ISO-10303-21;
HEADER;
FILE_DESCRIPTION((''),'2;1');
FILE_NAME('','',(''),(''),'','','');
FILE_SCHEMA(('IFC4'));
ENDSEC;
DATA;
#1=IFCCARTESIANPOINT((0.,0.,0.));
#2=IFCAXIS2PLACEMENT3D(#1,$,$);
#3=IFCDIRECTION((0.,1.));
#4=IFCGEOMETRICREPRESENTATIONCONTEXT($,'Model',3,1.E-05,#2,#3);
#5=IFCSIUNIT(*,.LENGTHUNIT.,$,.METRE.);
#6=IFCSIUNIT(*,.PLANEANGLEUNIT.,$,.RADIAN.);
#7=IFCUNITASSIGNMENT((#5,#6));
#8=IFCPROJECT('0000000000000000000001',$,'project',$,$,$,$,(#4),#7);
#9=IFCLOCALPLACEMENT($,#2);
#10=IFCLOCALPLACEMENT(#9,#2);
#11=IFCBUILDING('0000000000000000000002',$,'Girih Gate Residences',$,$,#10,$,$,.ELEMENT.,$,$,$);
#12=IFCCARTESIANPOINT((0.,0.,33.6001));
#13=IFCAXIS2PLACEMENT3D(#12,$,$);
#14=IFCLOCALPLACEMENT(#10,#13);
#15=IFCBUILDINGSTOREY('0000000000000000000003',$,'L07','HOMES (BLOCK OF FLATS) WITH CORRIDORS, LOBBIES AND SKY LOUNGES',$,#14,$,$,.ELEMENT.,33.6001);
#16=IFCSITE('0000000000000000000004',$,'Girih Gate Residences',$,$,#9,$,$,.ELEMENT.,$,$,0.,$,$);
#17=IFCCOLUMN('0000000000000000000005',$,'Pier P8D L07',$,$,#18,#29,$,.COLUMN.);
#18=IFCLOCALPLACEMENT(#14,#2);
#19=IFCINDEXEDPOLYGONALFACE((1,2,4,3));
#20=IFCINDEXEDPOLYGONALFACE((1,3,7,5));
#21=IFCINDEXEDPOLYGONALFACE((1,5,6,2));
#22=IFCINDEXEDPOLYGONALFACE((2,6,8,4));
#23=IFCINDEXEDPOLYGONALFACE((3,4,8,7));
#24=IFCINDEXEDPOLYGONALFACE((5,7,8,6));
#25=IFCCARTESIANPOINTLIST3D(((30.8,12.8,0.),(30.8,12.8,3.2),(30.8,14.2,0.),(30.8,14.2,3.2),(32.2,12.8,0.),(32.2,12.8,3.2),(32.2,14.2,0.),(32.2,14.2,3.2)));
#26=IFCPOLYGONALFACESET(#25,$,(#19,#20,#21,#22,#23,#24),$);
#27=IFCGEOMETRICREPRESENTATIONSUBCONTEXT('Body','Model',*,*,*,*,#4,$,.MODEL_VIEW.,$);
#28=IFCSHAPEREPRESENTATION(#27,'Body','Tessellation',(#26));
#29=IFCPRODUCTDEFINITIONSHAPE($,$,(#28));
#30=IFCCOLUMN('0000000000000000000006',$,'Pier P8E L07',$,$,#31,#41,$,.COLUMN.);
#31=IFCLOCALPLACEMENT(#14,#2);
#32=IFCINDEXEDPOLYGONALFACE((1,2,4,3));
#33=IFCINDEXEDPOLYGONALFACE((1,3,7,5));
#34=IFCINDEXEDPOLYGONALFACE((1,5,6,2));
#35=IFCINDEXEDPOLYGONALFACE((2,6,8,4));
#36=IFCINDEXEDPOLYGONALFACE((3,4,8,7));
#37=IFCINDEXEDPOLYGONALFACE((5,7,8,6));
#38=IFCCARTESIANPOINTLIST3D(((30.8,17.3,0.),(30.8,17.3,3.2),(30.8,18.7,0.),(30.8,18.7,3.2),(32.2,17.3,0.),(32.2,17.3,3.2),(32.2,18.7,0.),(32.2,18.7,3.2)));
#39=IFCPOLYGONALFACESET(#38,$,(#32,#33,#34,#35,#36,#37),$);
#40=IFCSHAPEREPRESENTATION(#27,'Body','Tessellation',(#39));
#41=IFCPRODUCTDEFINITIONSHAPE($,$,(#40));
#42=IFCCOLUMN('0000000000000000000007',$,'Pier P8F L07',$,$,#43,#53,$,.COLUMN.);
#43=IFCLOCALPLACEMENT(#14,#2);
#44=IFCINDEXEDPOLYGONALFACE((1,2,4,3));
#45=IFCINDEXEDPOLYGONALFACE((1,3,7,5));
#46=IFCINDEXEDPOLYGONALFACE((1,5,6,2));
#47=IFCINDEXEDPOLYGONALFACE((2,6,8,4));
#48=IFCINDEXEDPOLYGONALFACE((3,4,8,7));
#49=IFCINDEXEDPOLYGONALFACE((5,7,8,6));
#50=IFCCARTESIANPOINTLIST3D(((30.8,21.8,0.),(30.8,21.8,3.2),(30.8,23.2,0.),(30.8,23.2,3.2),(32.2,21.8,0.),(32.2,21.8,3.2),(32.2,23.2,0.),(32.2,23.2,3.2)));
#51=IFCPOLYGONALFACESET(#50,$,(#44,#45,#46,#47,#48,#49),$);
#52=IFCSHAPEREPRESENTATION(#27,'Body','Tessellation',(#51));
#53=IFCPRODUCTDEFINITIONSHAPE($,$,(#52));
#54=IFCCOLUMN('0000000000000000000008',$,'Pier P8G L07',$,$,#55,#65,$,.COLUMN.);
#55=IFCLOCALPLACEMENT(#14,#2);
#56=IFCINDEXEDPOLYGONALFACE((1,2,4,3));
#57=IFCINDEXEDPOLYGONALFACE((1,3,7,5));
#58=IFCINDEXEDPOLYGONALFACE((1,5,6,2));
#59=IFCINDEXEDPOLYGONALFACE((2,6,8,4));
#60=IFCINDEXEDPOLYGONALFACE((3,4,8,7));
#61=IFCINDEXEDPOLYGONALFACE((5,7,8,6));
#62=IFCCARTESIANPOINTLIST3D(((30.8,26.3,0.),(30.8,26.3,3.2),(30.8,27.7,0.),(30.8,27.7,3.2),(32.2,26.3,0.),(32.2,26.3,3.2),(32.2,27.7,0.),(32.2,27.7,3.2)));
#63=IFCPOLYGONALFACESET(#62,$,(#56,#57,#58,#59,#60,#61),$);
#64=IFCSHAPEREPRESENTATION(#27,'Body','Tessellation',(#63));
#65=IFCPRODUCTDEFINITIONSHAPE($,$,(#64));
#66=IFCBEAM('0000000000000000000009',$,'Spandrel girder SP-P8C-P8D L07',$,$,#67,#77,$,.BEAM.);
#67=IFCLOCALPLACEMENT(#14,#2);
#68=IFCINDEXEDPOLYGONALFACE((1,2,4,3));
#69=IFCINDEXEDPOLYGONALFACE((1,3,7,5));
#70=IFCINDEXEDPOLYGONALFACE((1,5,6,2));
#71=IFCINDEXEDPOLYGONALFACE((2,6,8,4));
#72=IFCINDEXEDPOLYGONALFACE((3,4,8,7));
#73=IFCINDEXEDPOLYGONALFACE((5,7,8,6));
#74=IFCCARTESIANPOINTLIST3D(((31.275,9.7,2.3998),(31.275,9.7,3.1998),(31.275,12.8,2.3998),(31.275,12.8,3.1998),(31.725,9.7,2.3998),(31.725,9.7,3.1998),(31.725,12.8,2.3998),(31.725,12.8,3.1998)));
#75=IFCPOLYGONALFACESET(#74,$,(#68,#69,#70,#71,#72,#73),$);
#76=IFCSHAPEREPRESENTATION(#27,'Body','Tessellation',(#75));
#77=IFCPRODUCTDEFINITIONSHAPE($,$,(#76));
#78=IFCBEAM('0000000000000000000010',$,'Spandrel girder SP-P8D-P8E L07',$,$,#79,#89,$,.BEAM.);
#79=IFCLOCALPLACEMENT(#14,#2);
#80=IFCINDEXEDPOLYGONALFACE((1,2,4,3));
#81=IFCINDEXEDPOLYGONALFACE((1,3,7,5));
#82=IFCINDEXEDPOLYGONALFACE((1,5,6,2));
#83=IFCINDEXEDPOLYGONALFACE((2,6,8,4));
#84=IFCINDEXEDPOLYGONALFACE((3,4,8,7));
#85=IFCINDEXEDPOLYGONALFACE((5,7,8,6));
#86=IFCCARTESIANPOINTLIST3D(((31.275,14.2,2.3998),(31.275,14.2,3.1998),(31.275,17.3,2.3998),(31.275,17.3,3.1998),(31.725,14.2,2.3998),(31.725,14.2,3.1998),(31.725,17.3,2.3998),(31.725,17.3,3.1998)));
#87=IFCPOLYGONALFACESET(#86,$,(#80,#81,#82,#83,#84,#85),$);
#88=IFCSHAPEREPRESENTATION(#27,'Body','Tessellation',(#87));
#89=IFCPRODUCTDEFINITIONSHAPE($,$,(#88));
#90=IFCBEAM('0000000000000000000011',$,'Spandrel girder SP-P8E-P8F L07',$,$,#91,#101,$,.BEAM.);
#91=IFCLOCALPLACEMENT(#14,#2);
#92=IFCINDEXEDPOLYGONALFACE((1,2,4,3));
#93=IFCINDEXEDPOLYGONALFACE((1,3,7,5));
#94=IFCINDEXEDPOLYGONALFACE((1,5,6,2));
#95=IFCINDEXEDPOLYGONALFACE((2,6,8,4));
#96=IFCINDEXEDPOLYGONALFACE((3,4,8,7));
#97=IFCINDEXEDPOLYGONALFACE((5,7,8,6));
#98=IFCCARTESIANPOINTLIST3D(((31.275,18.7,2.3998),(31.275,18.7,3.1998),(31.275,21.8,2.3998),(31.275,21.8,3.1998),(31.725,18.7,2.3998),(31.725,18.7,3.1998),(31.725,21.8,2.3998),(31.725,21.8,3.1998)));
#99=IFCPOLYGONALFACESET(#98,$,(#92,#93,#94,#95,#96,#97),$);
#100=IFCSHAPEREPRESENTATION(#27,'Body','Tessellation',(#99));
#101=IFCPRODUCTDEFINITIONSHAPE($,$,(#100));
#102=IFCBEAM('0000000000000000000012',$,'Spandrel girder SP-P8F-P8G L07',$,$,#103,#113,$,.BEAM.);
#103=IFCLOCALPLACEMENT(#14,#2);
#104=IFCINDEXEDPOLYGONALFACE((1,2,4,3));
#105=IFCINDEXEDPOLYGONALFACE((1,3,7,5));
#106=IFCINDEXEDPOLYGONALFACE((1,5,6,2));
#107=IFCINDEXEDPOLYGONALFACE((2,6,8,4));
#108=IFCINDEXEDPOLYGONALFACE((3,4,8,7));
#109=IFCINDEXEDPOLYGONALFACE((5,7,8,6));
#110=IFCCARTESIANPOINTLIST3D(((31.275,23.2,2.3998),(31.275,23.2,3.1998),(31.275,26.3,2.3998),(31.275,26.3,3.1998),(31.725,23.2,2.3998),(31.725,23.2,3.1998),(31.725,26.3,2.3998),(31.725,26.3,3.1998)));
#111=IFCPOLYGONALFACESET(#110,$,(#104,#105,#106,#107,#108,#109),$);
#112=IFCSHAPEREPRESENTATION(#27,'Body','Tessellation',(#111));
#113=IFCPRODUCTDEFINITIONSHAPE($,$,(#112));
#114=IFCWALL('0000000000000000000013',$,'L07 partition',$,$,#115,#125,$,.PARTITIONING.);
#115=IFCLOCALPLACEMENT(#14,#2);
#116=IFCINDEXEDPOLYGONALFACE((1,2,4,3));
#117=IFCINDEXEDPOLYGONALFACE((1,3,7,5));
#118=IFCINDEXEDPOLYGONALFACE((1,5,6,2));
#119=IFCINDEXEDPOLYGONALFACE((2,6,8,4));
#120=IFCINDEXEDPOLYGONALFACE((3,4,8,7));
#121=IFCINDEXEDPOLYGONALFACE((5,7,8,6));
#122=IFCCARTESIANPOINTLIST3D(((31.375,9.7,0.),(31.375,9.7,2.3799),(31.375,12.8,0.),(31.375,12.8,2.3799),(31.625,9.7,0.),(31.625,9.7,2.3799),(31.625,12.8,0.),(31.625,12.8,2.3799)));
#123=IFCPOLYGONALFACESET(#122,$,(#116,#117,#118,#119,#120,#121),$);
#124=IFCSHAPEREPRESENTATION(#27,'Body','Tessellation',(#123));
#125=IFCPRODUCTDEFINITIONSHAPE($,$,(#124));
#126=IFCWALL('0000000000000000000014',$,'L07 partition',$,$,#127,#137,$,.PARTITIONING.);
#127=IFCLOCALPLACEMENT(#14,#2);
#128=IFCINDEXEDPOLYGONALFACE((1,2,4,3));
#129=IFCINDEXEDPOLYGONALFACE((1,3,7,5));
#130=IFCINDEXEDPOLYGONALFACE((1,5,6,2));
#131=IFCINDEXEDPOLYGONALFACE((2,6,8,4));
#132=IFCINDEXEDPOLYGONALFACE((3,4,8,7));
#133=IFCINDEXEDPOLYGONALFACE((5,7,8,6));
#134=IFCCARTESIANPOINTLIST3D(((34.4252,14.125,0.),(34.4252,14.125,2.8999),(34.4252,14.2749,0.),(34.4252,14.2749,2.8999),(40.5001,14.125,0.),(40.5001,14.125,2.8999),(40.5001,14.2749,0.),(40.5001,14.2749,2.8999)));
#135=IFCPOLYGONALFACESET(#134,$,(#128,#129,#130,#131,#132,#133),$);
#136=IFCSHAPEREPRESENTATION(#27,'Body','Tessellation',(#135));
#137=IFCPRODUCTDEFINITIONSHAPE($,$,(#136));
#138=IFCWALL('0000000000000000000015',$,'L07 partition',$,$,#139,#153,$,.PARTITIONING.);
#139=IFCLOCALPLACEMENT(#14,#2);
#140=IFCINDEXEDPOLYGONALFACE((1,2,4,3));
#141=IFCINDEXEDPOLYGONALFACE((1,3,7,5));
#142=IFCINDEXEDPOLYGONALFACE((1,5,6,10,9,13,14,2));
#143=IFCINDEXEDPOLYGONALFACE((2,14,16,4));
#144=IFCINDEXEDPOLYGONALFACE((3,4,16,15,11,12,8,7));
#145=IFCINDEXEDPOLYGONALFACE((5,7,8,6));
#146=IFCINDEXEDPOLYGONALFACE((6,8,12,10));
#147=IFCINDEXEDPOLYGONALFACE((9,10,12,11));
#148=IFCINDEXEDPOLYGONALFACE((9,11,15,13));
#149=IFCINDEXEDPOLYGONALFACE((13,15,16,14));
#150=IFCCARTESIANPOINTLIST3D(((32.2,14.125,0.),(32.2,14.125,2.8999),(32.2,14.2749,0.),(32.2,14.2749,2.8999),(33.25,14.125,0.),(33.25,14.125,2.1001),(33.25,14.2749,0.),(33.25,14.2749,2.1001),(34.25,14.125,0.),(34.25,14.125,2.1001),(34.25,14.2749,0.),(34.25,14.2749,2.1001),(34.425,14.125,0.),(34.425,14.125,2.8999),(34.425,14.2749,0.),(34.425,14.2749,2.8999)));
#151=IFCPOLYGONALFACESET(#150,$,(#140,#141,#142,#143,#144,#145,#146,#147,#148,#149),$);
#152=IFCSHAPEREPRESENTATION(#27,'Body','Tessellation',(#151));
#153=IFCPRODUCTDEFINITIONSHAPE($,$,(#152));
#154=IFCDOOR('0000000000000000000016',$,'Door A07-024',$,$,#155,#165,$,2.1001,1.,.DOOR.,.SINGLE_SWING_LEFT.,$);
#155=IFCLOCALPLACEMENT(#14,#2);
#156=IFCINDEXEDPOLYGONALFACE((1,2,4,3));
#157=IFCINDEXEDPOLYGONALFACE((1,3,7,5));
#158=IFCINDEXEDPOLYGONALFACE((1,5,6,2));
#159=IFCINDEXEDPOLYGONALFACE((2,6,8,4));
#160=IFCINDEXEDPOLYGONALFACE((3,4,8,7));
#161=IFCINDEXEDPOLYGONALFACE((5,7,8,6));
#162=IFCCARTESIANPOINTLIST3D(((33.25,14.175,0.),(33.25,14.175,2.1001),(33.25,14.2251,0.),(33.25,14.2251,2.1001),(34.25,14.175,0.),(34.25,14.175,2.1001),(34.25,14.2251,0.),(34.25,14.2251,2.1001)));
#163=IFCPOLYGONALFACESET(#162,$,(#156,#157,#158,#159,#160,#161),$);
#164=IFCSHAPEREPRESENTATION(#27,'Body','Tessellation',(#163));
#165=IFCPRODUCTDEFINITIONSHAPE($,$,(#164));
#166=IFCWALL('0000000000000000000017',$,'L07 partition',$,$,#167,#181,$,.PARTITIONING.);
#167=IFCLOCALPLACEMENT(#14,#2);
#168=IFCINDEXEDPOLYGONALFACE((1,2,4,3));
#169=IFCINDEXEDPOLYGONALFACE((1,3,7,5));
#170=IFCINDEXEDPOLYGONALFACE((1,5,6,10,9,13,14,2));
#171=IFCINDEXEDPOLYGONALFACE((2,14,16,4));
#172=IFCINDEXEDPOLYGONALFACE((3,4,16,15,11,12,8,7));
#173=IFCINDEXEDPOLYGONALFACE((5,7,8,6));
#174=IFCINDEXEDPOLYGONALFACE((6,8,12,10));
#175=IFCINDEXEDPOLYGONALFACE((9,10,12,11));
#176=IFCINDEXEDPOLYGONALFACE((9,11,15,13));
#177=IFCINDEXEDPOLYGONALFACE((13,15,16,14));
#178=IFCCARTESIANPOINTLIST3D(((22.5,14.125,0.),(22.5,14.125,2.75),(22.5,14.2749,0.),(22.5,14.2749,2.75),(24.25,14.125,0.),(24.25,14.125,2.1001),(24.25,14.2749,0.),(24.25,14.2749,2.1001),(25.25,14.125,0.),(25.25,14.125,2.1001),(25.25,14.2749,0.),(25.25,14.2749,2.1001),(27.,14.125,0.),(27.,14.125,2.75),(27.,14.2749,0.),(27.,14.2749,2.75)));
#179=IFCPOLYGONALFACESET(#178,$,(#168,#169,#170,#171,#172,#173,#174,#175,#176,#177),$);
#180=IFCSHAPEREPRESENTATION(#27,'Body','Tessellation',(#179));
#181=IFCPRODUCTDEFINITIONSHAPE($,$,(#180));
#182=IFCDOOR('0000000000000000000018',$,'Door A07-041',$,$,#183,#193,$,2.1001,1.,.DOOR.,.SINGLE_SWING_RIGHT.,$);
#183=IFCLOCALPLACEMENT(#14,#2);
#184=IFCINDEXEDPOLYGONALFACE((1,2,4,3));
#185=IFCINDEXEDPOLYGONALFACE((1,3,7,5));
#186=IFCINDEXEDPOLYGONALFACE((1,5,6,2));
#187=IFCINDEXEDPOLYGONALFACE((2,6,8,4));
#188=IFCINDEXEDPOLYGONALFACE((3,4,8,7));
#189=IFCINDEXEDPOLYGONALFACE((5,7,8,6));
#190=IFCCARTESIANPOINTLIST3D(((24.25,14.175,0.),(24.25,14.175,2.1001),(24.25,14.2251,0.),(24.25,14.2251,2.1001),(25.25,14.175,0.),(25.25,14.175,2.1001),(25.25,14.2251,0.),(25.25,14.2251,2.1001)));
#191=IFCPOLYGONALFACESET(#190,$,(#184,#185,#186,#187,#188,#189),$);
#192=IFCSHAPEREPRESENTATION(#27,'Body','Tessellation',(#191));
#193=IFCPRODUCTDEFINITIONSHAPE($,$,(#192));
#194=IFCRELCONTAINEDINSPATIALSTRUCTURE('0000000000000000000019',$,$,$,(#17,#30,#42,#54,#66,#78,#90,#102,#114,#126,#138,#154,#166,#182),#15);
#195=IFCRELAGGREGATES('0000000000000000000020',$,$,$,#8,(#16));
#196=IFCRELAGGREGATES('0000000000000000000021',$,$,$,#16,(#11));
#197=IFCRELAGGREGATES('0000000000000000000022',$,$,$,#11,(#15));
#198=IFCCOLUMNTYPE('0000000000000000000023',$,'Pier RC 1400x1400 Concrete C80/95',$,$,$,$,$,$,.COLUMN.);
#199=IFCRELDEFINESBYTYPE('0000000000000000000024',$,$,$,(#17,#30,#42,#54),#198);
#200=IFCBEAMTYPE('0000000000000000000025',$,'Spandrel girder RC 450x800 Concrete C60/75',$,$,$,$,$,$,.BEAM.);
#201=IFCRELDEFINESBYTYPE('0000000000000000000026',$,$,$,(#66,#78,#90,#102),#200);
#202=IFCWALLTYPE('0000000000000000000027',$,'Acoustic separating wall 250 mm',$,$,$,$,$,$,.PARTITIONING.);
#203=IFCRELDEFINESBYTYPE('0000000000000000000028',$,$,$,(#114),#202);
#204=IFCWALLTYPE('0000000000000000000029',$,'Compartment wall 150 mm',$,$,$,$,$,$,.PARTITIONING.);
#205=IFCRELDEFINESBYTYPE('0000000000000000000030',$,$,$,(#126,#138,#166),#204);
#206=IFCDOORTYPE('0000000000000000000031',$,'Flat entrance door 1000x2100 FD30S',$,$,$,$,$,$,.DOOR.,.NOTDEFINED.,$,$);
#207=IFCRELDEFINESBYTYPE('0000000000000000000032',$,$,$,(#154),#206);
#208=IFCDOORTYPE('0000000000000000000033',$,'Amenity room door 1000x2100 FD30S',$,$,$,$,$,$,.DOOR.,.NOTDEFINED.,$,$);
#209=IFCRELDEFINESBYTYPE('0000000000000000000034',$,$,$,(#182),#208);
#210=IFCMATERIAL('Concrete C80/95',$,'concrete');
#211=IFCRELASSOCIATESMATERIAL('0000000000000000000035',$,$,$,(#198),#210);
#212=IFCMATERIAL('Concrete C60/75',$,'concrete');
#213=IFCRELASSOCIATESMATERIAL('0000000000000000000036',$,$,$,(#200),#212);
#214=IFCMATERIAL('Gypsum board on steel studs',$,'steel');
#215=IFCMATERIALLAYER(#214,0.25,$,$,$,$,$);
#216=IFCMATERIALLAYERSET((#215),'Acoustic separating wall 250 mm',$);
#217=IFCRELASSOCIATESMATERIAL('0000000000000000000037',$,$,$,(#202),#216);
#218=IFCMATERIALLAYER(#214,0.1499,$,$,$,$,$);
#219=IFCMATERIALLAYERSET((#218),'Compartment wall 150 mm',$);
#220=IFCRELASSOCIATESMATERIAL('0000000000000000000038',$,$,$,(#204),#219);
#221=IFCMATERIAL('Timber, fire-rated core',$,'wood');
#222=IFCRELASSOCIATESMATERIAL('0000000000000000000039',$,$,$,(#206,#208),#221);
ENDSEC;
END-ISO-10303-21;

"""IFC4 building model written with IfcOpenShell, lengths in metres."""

from ifc_helpers import new_model, si_unit, direction, frame, frame_2d, origin, origin_2d, place, context, subcontext, project, spatial, rectangle, extrude, material, layer, layer_set, material_profile, profile_set, type_object, element, fill, save


model = new_model("IFC4")

# Units and contexts
model_context = context("Model", 3, precision=1e-05, world=origin(), true_north=direction((0.0, 1.0)))
body_context = subcontext(model_context, "Body", "Model", "MODEL_VIEW")
ifc_project = project(units=[si_unit("LENGTHUNIT", "METRE"), si_unit("PLANEANGLEUNIT", "RADIAN")], contexts=[model_context])

# Site, building, storey
site_placement = place(None, origin())
site = spatial("IfcSite", under=ifc_project, at=site_placement, Name="Girih Gate Residences", CompositionType="ELEMENT", RefElevation=0.0)
building_placement = place(site_placement, origin())
building = spatial("IfcBuilding", under=site, at=building_placement, Name="Girih Gate Residences", CompositionType="ELEMENT")
storey_placement = place(building_placement, frame((0.0, 0.0, 33.6001)))
storey = spatial("IfcBuildingStorey", under=building, at=storey_placement, Name="L07", Description="HOMES (BLOCK OF FLATS) WITH CORRIDORS, LOBBIES AND SKY LOUNGES", CompositionType="ELEMENT", Elevation=33.6001)

# Columns
ifc_material_1 = material(Name="Concrete C80/95", Category="concrete")
ifc_material_profile_1 = material_profile(ifc_material_1, rectangle(XDim=1.3999, YDim=1.3999, at=origin_2d()))
ifc_profile_set_1 = profile_set([ifc_material_profile_1], Name="Concrete C80/95")
column_type = type_object("IfcColumnType", Name="Pier RC 1400x1400 Concrete C80/95", PredefinedType="COLUMN", material=ifc_profile_set_1)
for number, where, z_axis, x_axis, name in (
    (1, (31.5, 13.5, 0.0), (0.0, 0.0, 1.0), (1.0, 0.0, 0.0), "Pier P8D L07"),
    (2, (31.5, 18.0, 0.0), (0.0, 0.0, 1.0), (1.0, 0.0, 0.0), "Pier P8E L07"),
    (3, (31.5, 22.5, 0.0), (0.0, 0.0, 1.0), (1.0, 0.0, 0.0), "Pier P8F L07"),
    (4, (31.5, 27.0, 0.0), (0.0, 0.0, 1.0), (1.0, 0.0, 0.0), "Pier P8G L07"),
):
    element("IfcColumn", number, at=place(storey_placement, frame(where, z_axis=z_axis, x_axis=x_axis)), inside=storey, type_object=column_type, Name=name, PredefinedType="COLUMN", context=body_context, shape_type="SweptSolid", body=[
        extrude(rectangle(XDim=1.3999, YDim=1.3999, at=origin_2d()), origin(), (0.0, 0.0, 1.0), 3.2),
    ])

# Beams
ifc_material_2 = material(Name="Concrete C60/75", Category="concrete")
ifc_material_profile_2 = material_profile(ifc_material_2, rectangle(XDim=0.45, YDim=0.8, at=origin_2d()))
ifc_profile_set_2 = profile_set([ifc_material_profile_2], Name="Concrete C60/75")
beam_type = type_object("IfcBeamType", Name="Spandrel girder RC 450x800 Concrete C60/75", PredefinedType="BEAM", material=ifc_profile_set_2)
for number, where, z_axis, x_axis, name in (
    (5, (31.5, 9.7, 2.7998), (0.0, 1.0, 0.0), (-1.0, 0.0, 0.0), "Spandrel girder SP-P8C-P8D L07"),
    (6, (31.5, 14.2, 2.7998), (0.0, 1.0, 0.0), (-1.0, 0.0, 0.0), "Spandrel girder SP-P8D-P8E L07"),
    (7, (31.5, 18.7, 2.7998), (0.0, 1.0, 0.0), (-1.0, 0.0, 0.0), "Spandrel girder SP-P8E-P8F L07"),
    (8, (31.5, 23.2, 2.7998), (0.0, 1.0, 0.0), (-1.0, 0.0, 0.0), "Spandrel girder SP-P8F-P8G L07"),
):
    element("IfcBeam", number, at=place(storey_placement, frame(where, z_axis=z_axis, x_axis=x_axis)), inside=storey, type_object=beam_type, Name=name, PredefinedType="BEAM", context=body_context, shape_type="SweptSolid", body=[
        extrude(rectangle(XDim=0.45, YDim=0.8, at=origin_2d()), origin(), (0.0, 0.0, 1.0), 3.1001),
    ])

# Walls
ifc_material_3 = material(Name="Gypsum board on steel studs", Category="steel")
ifc_layer_1 = layer(ifc_material_3, 0.25)
ifc_layer_set_1 = layer_set([ifc_layer_1], Name="Acoustic separating wall 250 mm")
wall_type_1 = type_object("IfcWallType", Name="Acoustic separating wall 250 mm", PredefinedType="PARTITIONING", material=ifc_layer_set_1)
wall_1_placement = place(storey_placement, frame((31.5, 9.7, 0.0), z_axis=(0.0, 0.0, 1.0), x_axis=(0.0, 1.0, 0.0)))
element("IfcWall", 9, at=wall_1_placement, inside=storey, type_object=wall_type_1, Name="L07 partition", PredefinedType="PARTITIONING", context=body_context, shape_type="SweptSolid", body=[
    extrude(rectangle(XDim=3.1001, YDim=0.25, at=frame_2d((1.55, 0.0))), origin(), (0.0, 0.0, 1.0), 2.3799),
])
ifc_layer_2 = layer(ifc_material_3, 0.1499)
ifc_layer_set_2 = layer_set([ifc_layer_2], Name="Compartment wall 150 mm")
wall_type_2 = type_object("IfcWallType", Name="Compartment wall 150 mm", PredefinedType="PARTITIONING", material=ifc_layer_set_2)
wall_2_placement = place(storey_placement, frame((34.425, 14.2, 0.0), z_axis=(0.0, 0.0, 1.0), x_axis=(1.0, 0.0, 0.0)))
element("IfcWall", 10, at=wall_2_placement, inside=storey, type_object=wall_type_2, Name="L07 partition", PredefinedType="PARTITIONING", context=body_context, shape_type="SweptSolid", body=[
    extrude(rectangle(XDim=6.075, YDim=0.1499, at=frame_2d((3.0376, 0.0))), origin(), (0.0, 0.0, 1.0), 2.8999),
])

# Walls, openings, doors
wall_3_placement = place(storey_placement, frame((34.425, 14.2, 0.0), z_axis=(0.0, 0.0, 1.0), x_axis=(-1.0, 0.0, 0.0)))
wall_3 = element("IfcWall", 11, at=wall_3_placement, inside=storey, type_object=wall_type_2, Name="L07 partition", PredefinedType="PARTITIONING", context=body_context, shape_type="SweptSolid", body=[
    extrude(rectangle(XDim=2.2251, YDim=0.1499, at=frame_2d((1.1125, 0.0))), origin(), (0.0, 0.0, 1.0), 2.8999),
])
opening_1_placement = place(wall_3_placement, frame((0.175, 0.0, 0.0)))
opening_1 = element("IfcOpeningElement", 12, at=opening_1_placement, cuts=wall_3, PredefinedType="OPENING", context=body_context, shape_type="SweptSolid", body=[
    extrude(rectangle(XDim=1.0, YDim=2.1001, at=frame_2d((0.5, 1.05))), frame((0.0, 0.085, 0.0), z_axis=(0.0, -1.0, 0.0), x_axis=(1.0, 0.0, 0.0)), (0.0, 0.0, 1.0), 0.1699),
])
ifc_material_4 = material(Name="Timber, fire-rated core", Category="wood")
door_type_1 = type_object("IfcDoorType", Name="Flat entrance door 1000x2100 FD30S", OperationType="NOTDEFINED", PredefinedType="DOOR", material=ifc_material_4)
door_1_placement = place(opening_1_placement, origin())
door_1 = element("IfcDoor", 13, at=door_1_placement, inside=storey, type_object=door_type_1, Name="Door A07-024", OperationType="SINGLE_SWING_LEFT", OverallHeight=2.1001, OverallWidth=1.0, PredefinedType="DOOR", context=body_context, shape_type="SweptSolid", body=[
    extrude(rectangle(XDim=1.0, YDim=2.1001, at=frame_2d((0.5, 1.05))), frame((0.0, 0.0249, 0.0), z_axis=(0.0, -1.0, 0.0), x_axis=(1.0, 0.0, 0.0)), (0.0, 0.0, 1.0), 0.05),
])
fill(opening_1, door_1)
wall_4_placement = place(storey_placement, frame((27.0, 14.2, 0.0), z_axis=(0.0, 0.0, 1.0), x_axis=(-1.0, 0.0, 0.0)))
wall_4 = element("IfcWall", 14, at=wall_4_placement, inside=storey, type_object=wall_type_2, Name="L07 partition", PredefinedType="PARTITIONING", context=body_context, shape_type="SweptSolid", body=[
    extrude(rectangle(XDim=4.5, YDim=0.1499, at=frame_2d((2.25, 0.0))), origin(), (0.0, 0.0, 1.0), 2.75),
])
opening_2_placement = place(wall_4_placement, frame((1.75, 0.0, 0.0)))
opening_2 = element("IfcOpeningElement", 15, at=opening_2_placement, cuts=wall_4, PredefinedType="OPENING", context=body_context, shape_type="SweptSolid", body=[
    extrude(rectangle(XDim=1.0, YDim=2.1001, at=frame_2d((0.5, 1.05))), frame((0.0, 0.085, 0.0), z_axis=(0.0, -1.0, 0.0), x_axis=(1.0, 0.0, 0.0)), (0.0, 0.0, 1.0), 0.1699),
])
door_type_2 = type_object("IfcDoorType", Name="Amenity room door 1000x2100 FD30S", OperationType="NOTDEFINED", PredefinedType="DOOR", material=ifc_material_4)
door_2_placement = place(opening_2_placement, origin())
door_2 = element("IfcDoor", 16, at=door_2_placement, inside=storey, type_object=door_type_2, Name="Door A07-041", OperationType="SINGLE_SWING_RIGHT", OverallHeight=2.1001, OverallWidth=1.0, PredefinedType="DOOR", context=body_context, shape_type="SweptSolid", body=[
    extrude(rectangle(XDim=1.0, YDim=2.1001, at=frame_2d((0.5, 1.05))), frame((0.0, 0.0249, 0.0), z_axis=(0.0, -1.0, 0.0), x_axis=(1.0, 0.0, 0.0)), (0.0, 0.0, 1.0), 0.05),
])
fill(opening_2, door_2)

save(model, "model.ifc")
